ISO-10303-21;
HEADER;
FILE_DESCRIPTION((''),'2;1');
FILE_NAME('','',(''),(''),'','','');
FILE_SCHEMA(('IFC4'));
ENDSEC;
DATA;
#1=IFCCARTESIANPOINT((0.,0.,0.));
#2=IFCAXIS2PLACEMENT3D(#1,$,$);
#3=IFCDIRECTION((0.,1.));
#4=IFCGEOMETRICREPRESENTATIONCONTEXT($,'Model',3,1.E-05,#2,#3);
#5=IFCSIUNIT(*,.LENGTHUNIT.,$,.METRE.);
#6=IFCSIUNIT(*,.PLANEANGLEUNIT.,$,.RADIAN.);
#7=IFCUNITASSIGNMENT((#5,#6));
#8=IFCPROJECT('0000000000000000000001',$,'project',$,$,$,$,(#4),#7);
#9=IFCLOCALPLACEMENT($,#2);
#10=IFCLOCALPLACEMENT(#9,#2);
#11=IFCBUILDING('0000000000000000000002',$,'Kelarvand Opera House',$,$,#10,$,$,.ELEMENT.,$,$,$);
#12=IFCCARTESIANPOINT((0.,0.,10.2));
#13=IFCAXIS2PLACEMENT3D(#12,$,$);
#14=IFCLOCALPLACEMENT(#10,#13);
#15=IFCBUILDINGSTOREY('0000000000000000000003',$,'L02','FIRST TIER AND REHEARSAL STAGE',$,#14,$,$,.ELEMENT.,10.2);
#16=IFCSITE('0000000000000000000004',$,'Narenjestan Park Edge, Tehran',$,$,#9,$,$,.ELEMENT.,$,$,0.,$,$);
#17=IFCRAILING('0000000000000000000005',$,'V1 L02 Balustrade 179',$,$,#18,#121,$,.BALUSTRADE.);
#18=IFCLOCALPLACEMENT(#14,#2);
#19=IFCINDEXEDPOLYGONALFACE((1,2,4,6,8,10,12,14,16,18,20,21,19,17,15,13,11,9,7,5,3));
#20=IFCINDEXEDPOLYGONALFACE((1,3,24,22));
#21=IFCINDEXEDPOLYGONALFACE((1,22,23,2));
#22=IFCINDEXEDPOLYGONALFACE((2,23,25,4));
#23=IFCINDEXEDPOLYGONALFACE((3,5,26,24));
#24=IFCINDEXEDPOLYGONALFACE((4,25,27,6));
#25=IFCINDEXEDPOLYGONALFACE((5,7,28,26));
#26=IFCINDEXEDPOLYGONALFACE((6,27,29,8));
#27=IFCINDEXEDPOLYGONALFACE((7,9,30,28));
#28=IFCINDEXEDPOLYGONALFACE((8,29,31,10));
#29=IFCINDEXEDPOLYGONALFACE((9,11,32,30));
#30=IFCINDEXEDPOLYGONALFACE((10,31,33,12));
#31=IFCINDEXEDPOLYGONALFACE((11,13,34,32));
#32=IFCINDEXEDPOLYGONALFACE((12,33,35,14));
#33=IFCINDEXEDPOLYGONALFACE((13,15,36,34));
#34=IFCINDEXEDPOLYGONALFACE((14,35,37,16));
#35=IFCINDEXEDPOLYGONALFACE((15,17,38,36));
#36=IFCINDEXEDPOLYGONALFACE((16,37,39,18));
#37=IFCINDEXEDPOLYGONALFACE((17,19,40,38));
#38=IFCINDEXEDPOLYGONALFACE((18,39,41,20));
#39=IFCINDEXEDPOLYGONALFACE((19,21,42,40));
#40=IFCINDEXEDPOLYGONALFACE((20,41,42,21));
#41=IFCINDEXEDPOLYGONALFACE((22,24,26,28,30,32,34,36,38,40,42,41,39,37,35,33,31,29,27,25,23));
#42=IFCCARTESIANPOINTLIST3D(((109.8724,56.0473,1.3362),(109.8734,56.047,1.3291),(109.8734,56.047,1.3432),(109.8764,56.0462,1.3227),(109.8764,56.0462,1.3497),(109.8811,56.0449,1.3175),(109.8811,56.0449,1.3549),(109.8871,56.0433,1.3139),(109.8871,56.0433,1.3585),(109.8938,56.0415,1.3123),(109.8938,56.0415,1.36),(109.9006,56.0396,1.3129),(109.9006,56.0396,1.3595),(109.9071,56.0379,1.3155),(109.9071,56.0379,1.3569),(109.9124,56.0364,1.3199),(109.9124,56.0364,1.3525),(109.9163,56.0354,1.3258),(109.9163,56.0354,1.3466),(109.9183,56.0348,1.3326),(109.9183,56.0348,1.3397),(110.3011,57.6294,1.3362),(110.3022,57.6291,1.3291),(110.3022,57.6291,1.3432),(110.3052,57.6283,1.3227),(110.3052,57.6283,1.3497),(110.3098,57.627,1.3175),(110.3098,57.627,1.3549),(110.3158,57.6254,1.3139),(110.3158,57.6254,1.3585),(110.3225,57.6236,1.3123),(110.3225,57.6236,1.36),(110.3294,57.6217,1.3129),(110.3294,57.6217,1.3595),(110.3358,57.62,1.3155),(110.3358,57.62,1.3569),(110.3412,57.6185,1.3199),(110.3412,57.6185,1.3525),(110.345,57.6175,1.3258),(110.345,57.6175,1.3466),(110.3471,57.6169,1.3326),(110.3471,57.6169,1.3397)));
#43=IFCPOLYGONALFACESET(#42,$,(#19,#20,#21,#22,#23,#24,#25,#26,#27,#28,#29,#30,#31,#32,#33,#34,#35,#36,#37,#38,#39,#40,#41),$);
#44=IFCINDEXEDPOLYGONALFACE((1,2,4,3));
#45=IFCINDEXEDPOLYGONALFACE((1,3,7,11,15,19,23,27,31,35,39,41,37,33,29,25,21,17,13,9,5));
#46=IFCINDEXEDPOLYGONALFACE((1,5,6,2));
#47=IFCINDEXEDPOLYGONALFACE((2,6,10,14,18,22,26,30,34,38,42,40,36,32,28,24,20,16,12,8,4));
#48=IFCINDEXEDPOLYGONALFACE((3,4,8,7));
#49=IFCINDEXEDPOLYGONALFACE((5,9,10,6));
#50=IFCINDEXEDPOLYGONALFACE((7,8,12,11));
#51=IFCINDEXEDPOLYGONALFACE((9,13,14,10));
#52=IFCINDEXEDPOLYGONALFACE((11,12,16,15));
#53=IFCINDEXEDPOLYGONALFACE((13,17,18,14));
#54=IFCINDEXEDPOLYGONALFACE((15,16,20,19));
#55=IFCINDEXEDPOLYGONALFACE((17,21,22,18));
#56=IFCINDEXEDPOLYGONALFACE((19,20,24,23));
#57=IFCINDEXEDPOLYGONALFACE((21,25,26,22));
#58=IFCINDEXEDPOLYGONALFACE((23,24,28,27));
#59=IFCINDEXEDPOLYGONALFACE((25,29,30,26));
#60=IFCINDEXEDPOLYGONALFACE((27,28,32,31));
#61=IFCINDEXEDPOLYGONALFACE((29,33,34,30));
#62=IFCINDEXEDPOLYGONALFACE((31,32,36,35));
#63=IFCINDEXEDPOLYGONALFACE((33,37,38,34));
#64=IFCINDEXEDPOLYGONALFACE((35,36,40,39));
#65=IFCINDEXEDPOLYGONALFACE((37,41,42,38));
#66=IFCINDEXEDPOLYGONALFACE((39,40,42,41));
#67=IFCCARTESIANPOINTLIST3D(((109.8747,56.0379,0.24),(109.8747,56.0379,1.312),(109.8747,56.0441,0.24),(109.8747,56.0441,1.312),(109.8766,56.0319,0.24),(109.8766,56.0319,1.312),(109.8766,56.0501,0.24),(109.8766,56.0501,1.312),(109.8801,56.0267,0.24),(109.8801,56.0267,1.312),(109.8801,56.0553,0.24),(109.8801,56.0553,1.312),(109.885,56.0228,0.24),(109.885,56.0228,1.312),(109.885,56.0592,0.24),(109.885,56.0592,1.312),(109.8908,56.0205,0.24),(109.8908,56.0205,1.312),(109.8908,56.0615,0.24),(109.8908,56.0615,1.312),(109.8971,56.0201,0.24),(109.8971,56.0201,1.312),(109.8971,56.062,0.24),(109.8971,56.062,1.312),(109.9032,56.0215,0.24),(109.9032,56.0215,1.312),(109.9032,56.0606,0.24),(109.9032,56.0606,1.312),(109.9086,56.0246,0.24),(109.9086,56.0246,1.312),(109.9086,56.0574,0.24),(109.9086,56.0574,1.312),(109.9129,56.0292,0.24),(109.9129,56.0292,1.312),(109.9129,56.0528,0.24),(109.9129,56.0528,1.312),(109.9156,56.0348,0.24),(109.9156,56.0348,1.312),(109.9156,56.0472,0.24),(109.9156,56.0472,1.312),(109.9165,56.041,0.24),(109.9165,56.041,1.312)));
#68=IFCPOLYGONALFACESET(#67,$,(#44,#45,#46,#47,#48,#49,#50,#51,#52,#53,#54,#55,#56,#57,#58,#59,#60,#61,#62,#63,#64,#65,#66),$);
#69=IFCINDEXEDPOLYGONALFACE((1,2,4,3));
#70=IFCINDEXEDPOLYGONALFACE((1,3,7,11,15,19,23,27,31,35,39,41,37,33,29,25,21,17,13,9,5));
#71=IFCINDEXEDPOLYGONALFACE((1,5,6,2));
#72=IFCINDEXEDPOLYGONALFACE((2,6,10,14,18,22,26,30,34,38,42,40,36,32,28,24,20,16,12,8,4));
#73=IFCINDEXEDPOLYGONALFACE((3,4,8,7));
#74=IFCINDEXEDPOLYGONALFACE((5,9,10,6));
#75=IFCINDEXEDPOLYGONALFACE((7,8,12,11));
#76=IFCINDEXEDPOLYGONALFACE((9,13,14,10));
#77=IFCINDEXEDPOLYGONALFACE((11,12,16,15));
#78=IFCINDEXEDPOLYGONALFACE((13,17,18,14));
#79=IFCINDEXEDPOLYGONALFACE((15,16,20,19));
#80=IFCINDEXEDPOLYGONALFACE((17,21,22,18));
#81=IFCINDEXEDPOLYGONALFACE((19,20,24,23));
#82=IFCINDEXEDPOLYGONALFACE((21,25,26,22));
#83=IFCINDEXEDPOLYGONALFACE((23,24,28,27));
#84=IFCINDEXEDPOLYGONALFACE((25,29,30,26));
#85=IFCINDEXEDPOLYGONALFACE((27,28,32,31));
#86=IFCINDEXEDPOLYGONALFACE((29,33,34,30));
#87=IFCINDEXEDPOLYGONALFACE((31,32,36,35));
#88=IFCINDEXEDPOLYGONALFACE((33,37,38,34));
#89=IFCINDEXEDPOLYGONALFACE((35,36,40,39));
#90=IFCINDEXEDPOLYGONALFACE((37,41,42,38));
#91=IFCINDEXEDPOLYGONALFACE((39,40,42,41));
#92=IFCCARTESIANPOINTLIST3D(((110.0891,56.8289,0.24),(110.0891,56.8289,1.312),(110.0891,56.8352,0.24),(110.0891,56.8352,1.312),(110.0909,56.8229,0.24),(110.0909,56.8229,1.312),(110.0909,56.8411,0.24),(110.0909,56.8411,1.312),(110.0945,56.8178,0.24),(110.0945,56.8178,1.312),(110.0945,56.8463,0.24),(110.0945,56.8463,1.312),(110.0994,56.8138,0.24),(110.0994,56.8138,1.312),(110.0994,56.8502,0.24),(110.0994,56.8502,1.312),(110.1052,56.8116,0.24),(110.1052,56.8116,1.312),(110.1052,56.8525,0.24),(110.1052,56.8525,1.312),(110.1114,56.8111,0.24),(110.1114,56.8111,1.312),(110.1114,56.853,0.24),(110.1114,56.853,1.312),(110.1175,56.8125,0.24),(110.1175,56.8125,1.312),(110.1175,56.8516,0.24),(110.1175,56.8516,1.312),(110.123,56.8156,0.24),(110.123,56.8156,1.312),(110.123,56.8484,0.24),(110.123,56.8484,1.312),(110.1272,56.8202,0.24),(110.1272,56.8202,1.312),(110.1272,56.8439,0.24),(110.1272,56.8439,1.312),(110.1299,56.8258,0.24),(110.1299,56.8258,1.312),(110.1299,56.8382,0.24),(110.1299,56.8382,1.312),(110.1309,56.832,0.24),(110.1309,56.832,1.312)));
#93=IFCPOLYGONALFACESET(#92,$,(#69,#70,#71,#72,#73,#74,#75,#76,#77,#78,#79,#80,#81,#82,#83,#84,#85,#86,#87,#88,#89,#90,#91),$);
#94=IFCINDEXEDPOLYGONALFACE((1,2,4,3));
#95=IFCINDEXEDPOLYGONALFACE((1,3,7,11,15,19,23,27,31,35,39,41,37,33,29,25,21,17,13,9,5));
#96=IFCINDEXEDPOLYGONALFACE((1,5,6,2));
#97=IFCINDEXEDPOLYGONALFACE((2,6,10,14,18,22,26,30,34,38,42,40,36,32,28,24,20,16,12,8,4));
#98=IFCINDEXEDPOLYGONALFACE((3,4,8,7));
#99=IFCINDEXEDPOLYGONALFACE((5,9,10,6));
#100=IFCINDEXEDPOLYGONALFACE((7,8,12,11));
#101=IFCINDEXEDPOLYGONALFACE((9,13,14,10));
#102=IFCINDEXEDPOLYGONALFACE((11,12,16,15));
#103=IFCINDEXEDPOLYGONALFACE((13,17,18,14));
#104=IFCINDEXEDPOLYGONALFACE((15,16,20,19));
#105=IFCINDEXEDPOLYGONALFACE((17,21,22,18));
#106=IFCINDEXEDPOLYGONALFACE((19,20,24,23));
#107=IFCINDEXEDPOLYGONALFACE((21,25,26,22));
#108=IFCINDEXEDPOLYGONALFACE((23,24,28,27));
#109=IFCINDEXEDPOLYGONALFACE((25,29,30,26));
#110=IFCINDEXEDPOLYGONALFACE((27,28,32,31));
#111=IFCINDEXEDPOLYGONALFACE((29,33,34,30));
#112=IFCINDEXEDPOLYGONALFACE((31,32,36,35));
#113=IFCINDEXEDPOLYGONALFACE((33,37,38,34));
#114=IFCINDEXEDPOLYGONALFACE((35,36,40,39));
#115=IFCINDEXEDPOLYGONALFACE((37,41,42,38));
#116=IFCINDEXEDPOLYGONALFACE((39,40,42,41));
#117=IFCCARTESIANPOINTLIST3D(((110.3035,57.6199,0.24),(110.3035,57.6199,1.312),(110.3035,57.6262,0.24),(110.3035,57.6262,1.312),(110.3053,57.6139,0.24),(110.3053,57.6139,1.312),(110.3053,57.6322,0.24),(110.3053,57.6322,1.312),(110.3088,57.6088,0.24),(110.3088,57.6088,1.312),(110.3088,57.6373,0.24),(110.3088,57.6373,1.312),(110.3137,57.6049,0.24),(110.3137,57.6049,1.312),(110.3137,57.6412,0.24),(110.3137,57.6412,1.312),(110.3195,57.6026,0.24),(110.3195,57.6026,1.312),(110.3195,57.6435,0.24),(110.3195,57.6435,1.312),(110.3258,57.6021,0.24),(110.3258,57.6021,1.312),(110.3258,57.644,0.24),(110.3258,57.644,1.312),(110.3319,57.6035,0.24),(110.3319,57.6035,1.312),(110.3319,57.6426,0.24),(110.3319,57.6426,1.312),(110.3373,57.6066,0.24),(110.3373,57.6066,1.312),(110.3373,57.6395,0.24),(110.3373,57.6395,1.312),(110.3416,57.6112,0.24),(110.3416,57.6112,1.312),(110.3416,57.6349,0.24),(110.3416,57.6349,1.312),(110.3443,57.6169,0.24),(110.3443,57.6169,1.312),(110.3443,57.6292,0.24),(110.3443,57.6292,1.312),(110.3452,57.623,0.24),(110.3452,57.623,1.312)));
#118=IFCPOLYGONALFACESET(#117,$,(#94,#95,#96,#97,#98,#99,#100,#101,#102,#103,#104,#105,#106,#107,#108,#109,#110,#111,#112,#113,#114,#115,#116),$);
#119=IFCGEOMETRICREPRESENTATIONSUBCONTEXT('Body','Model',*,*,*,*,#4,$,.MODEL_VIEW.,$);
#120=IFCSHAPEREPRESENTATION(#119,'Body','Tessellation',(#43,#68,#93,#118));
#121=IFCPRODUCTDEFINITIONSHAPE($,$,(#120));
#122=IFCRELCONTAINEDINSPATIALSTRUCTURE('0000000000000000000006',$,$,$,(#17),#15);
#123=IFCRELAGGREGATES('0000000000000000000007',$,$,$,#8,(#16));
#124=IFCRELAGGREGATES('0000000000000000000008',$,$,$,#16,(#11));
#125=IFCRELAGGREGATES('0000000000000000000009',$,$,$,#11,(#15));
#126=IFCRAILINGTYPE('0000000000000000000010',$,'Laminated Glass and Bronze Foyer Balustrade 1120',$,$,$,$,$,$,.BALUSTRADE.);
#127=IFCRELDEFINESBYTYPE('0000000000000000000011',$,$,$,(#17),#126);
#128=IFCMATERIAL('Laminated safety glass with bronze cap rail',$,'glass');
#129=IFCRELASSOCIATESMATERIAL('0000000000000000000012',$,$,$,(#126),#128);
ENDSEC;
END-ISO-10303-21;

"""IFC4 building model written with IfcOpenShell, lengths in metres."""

from ifc_helpers import new_model, si_unit, direction, frame, origin, origin_2d, place, context, subcontext, project, spatial, circle, extrude, material, type_object, element, save


model = new_model("IFC4")

# Units and contexts
model_context = context("Model", 3, precision=1e-05, world=origin(), true_north=direction((0.0, 1.0)))
body_context = subcontext(model_context, "Body", "Model", "MODEL_VIEW")
ifc_project = project(units=[si_unit("LENGTHUNIT", "METRE"), si_unit("PLANEANGLEUNIT", "RADIAN")], contexts=[model_context])

# Site, building, storey
site_placement = place(None, origin())
site = spatial("IfcSite", under=ifc_project, at=site_placement, Name="Narenjestan Park Edge, Tehran", CompositionType="ELEMENT", RefElevation=0.0)
building_placement = place(site_placement, origin())
building = spatial("IfcBuilding", under=site, at=building_placement, Name="Kelarvand Opera House", CompositionType="ELEMENT")
storey_placement = place(building_placement, frame((0.0, 0.0, 10.2)))
storey = spatial("IfcBuildingStorey", under=building, at=storey_placement, Name="L02", Description="FIRST TIER AND REHEARSAL STAGE", CompositionType="ELEMENT", Elevation=10.2)

# Railing
ifc_material_1 = material(Name="Laminated safety glass with bronze cap rail", Category="glass")
railing_type = type_object("IfcRailingType", Name="Laminated Glass and Bronze Foyer Balustrade 1120", PredefinedType="BALUSTRADE", material=ifc_material_1)
railing_1_placement = place(storey_placement, frame((109.8955, 56.041, 0.24)))
element("IfcRailing", 1, at=railing_1_placement, inside=storey, type_object=railing_type, Name="V1 L02 Balustrade 179", PredefinedType="BALUSTRADE", context=body_context, shape_type="SweptSolid", body=[
    extrude(circle(Radius=0.0239, at=origin_2d()), frame((0.0, 0.0, 1.0962), z_axis=(0.261554, 0.965189, 0.0), x_axis=(-0.965189, 0.261554, 0.0)), (0.0, 0.0, 1.0), 1.6392),
    extrude(circle(Radius=0.021, at=origin_2d()), origin(), (0.0, 0.0, 1.0), 1.072),
    extrude(circle(Radius=0.021, at=origin_2d()), frame((0.2144, 0.791, 0.0)), (0.0, 0.0, 1.0), 1.072),
    extrude(circle(Radius=0.021, at=origin_2d()), frame((0.4287, 1.582, 0.0)), (0.0, 0.0, 1.0), 1.072),
])

save(model, "model.ifc")
